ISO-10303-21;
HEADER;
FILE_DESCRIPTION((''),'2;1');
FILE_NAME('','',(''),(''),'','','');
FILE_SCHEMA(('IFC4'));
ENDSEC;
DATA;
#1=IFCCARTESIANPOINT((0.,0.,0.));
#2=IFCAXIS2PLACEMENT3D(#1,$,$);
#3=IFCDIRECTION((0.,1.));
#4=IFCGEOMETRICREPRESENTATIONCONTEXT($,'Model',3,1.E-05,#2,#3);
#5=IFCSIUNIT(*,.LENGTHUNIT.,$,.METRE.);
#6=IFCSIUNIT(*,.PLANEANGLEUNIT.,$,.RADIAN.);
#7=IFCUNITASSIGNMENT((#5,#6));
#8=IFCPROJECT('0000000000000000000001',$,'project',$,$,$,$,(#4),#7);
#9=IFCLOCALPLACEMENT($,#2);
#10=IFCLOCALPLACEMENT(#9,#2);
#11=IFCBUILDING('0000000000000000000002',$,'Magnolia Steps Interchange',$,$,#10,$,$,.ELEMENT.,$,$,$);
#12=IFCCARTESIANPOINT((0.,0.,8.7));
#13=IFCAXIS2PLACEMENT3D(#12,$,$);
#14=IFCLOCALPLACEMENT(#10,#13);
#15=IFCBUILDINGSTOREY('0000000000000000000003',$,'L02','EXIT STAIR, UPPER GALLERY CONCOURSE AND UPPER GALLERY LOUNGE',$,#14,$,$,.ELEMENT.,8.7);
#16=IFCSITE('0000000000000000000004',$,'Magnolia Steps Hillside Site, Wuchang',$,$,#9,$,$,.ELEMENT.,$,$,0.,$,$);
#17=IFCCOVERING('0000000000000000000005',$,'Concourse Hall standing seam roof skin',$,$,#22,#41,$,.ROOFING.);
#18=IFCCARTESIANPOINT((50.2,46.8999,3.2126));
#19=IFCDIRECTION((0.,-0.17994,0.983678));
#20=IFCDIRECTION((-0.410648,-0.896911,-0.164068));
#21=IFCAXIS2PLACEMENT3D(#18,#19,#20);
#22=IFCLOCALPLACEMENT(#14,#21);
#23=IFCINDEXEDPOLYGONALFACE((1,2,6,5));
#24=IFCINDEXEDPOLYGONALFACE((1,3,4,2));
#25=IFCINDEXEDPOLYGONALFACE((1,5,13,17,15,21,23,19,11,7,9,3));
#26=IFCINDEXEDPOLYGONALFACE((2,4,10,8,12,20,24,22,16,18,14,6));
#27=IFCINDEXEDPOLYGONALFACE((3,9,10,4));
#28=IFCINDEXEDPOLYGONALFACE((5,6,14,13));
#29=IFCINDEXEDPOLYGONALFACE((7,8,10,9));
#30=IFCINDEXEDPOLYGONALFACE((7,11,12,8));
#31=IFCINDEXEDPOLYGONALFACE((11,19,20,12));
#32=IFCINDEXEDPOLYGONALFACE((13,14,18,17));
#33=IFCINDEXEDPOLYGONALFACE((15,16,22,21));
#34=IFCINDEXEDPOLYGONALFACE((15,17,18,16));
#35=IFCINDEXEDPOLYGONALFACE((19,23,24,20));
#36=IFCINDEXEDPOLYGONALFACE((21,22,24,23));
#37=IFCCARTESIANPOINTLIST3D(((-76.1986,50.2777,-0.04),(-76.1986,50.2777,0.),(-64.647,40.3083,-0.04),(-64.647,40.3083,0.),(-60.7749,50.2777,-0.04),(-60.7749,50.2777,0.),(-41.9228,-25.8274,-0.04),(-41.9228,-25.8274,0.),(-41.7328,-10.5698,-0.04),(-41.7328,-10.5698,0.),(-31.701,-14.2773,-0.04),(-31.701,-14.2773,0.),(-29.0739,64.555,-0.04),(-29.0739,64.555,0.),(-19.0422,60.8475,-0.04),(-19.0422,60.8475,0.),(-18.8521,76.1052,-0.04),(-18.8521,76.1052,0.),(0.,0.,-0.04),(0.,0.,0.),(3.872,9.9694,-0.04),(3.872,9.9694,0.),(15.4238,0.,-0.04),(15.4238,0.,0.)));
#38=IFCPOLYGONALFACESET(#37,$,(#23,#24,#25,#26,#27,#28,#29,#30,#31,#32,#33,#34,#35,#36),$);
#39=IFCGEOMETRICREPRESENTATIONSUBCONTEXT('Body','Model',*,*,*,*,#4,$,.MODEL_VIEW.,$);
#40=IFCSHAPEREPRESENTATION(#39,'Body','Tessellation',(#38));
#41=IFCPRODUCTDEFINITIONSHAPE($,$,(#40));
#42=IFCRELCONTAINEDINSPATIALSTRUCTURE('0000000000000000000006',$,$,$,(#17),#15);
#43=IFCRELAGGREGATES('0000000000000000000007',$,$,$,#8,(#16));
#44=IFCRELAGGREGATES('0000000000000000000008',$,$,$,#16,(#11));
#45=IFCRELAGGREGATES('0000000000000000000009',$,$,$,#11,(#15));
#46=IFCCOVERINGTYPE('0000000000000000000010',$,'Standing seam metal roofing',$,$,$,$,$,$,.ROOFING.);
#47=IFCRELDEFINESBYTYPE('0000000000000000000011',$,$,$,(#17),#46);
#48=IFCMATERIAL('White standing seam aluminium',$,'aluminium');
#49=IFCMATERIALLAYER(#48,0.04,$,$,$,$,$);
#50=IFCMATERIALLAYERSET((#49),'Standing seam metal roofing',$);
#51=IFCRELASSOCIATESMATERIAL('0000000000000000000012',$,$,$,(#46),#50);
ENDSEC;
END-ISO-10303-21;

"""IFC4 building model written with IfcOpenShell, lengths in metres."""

from ifc_helpers import new_model, si_unit, direction, frame, origin, place, context, subcontext, project, spatial, polyline, outline, extrude, material, layer, layer_set, type_object, element, save


model = new_model("IFC4")

# Units and contexts
model_context = context("Model", 3, precision=1e-05, world=origin(), true_north=direction((0.0, 1.0)))
body_context = subcontext(model_context, "Body", "Model", "MODEL_VIEW")
ifc_project = project(units=[si_unit("LENGTHUNIT", "METRE"), si_unit("PLANEANGLEUNIT", "RADIAN")], contexts=[model_context])

# Site, building, storey
site_placement = place(None, origin())
site = spatial("IfcSite", under=ifc_project, at=site_placement, Name="Magnolia Steps Hillside Site, Wuchang", CompositionType="ELEMENT", RefElevation=0.0)
building_placement = place(site_placement, origin())
building = spatial("IfcBuilding", under=site, at=building_placement, Name="Magnolia Steps Interchange", CompositionType="ELEMENT")
storey_placement = place(building_placement, frame((0.0, 0.0, 8.7)))
storey = spatial("IfcBuildingStorey", under=building, at=storey_placement, Name="L02", Description="EXIT STAIR, UPPER GALLERY CONCOURSE AND UPPER GALLERY LOUNGE", CompositionType="ELEMENT", Elevation=8.7)

# Covering
ifc_material_1 = material(Name="White standing seam aluminium", Category="aluminium")
ifc_layer_1 = layer(ifc_material_1, 0.04)
ifc_layer_set_1 = layer_set([ifc_layer_1], Name="Standing seam metal roofing")
covering_type = type_object("IfcCoveringType", Name="Standing seam metal roofing", PredefinedType="ROOFING", material=ifc_layer_set_1)
covering_placement = place(storey_placement, frame((50.2, 46.8999, 3.2126), z_axis=(0.0, -0.17994, 0.983678), x_axis=(-0.410648, -0.896911, -0.164068)))
element("IfcCovering", 1, at=covering_placement, inside=storey, type_object=covering_type, Name="Concourse Hall standing seam roof skin", PredefinedType="ROOFING", context=body_context, shape_type="SweptSolid", body=[
    extrude(outline(polyline([(0.0, 0.0), (15.4238, 0.0), (3.872, 9.9694), (-19.0422, 60.8475), (-18.8521, 76.1052), (-29.0739, 64.555), (-60.7749, 50.2777), (-76.1986, 50.2777), (-64.647, 40.3083), (-41.7328, -10.5698), (-41.9228, -25.8274), (-31.701, -14.2773), (0.0, 0.0)])), origin(), (0.0, 0.0, -1.0), 0.04),
])

save(model, "model.ifc")
